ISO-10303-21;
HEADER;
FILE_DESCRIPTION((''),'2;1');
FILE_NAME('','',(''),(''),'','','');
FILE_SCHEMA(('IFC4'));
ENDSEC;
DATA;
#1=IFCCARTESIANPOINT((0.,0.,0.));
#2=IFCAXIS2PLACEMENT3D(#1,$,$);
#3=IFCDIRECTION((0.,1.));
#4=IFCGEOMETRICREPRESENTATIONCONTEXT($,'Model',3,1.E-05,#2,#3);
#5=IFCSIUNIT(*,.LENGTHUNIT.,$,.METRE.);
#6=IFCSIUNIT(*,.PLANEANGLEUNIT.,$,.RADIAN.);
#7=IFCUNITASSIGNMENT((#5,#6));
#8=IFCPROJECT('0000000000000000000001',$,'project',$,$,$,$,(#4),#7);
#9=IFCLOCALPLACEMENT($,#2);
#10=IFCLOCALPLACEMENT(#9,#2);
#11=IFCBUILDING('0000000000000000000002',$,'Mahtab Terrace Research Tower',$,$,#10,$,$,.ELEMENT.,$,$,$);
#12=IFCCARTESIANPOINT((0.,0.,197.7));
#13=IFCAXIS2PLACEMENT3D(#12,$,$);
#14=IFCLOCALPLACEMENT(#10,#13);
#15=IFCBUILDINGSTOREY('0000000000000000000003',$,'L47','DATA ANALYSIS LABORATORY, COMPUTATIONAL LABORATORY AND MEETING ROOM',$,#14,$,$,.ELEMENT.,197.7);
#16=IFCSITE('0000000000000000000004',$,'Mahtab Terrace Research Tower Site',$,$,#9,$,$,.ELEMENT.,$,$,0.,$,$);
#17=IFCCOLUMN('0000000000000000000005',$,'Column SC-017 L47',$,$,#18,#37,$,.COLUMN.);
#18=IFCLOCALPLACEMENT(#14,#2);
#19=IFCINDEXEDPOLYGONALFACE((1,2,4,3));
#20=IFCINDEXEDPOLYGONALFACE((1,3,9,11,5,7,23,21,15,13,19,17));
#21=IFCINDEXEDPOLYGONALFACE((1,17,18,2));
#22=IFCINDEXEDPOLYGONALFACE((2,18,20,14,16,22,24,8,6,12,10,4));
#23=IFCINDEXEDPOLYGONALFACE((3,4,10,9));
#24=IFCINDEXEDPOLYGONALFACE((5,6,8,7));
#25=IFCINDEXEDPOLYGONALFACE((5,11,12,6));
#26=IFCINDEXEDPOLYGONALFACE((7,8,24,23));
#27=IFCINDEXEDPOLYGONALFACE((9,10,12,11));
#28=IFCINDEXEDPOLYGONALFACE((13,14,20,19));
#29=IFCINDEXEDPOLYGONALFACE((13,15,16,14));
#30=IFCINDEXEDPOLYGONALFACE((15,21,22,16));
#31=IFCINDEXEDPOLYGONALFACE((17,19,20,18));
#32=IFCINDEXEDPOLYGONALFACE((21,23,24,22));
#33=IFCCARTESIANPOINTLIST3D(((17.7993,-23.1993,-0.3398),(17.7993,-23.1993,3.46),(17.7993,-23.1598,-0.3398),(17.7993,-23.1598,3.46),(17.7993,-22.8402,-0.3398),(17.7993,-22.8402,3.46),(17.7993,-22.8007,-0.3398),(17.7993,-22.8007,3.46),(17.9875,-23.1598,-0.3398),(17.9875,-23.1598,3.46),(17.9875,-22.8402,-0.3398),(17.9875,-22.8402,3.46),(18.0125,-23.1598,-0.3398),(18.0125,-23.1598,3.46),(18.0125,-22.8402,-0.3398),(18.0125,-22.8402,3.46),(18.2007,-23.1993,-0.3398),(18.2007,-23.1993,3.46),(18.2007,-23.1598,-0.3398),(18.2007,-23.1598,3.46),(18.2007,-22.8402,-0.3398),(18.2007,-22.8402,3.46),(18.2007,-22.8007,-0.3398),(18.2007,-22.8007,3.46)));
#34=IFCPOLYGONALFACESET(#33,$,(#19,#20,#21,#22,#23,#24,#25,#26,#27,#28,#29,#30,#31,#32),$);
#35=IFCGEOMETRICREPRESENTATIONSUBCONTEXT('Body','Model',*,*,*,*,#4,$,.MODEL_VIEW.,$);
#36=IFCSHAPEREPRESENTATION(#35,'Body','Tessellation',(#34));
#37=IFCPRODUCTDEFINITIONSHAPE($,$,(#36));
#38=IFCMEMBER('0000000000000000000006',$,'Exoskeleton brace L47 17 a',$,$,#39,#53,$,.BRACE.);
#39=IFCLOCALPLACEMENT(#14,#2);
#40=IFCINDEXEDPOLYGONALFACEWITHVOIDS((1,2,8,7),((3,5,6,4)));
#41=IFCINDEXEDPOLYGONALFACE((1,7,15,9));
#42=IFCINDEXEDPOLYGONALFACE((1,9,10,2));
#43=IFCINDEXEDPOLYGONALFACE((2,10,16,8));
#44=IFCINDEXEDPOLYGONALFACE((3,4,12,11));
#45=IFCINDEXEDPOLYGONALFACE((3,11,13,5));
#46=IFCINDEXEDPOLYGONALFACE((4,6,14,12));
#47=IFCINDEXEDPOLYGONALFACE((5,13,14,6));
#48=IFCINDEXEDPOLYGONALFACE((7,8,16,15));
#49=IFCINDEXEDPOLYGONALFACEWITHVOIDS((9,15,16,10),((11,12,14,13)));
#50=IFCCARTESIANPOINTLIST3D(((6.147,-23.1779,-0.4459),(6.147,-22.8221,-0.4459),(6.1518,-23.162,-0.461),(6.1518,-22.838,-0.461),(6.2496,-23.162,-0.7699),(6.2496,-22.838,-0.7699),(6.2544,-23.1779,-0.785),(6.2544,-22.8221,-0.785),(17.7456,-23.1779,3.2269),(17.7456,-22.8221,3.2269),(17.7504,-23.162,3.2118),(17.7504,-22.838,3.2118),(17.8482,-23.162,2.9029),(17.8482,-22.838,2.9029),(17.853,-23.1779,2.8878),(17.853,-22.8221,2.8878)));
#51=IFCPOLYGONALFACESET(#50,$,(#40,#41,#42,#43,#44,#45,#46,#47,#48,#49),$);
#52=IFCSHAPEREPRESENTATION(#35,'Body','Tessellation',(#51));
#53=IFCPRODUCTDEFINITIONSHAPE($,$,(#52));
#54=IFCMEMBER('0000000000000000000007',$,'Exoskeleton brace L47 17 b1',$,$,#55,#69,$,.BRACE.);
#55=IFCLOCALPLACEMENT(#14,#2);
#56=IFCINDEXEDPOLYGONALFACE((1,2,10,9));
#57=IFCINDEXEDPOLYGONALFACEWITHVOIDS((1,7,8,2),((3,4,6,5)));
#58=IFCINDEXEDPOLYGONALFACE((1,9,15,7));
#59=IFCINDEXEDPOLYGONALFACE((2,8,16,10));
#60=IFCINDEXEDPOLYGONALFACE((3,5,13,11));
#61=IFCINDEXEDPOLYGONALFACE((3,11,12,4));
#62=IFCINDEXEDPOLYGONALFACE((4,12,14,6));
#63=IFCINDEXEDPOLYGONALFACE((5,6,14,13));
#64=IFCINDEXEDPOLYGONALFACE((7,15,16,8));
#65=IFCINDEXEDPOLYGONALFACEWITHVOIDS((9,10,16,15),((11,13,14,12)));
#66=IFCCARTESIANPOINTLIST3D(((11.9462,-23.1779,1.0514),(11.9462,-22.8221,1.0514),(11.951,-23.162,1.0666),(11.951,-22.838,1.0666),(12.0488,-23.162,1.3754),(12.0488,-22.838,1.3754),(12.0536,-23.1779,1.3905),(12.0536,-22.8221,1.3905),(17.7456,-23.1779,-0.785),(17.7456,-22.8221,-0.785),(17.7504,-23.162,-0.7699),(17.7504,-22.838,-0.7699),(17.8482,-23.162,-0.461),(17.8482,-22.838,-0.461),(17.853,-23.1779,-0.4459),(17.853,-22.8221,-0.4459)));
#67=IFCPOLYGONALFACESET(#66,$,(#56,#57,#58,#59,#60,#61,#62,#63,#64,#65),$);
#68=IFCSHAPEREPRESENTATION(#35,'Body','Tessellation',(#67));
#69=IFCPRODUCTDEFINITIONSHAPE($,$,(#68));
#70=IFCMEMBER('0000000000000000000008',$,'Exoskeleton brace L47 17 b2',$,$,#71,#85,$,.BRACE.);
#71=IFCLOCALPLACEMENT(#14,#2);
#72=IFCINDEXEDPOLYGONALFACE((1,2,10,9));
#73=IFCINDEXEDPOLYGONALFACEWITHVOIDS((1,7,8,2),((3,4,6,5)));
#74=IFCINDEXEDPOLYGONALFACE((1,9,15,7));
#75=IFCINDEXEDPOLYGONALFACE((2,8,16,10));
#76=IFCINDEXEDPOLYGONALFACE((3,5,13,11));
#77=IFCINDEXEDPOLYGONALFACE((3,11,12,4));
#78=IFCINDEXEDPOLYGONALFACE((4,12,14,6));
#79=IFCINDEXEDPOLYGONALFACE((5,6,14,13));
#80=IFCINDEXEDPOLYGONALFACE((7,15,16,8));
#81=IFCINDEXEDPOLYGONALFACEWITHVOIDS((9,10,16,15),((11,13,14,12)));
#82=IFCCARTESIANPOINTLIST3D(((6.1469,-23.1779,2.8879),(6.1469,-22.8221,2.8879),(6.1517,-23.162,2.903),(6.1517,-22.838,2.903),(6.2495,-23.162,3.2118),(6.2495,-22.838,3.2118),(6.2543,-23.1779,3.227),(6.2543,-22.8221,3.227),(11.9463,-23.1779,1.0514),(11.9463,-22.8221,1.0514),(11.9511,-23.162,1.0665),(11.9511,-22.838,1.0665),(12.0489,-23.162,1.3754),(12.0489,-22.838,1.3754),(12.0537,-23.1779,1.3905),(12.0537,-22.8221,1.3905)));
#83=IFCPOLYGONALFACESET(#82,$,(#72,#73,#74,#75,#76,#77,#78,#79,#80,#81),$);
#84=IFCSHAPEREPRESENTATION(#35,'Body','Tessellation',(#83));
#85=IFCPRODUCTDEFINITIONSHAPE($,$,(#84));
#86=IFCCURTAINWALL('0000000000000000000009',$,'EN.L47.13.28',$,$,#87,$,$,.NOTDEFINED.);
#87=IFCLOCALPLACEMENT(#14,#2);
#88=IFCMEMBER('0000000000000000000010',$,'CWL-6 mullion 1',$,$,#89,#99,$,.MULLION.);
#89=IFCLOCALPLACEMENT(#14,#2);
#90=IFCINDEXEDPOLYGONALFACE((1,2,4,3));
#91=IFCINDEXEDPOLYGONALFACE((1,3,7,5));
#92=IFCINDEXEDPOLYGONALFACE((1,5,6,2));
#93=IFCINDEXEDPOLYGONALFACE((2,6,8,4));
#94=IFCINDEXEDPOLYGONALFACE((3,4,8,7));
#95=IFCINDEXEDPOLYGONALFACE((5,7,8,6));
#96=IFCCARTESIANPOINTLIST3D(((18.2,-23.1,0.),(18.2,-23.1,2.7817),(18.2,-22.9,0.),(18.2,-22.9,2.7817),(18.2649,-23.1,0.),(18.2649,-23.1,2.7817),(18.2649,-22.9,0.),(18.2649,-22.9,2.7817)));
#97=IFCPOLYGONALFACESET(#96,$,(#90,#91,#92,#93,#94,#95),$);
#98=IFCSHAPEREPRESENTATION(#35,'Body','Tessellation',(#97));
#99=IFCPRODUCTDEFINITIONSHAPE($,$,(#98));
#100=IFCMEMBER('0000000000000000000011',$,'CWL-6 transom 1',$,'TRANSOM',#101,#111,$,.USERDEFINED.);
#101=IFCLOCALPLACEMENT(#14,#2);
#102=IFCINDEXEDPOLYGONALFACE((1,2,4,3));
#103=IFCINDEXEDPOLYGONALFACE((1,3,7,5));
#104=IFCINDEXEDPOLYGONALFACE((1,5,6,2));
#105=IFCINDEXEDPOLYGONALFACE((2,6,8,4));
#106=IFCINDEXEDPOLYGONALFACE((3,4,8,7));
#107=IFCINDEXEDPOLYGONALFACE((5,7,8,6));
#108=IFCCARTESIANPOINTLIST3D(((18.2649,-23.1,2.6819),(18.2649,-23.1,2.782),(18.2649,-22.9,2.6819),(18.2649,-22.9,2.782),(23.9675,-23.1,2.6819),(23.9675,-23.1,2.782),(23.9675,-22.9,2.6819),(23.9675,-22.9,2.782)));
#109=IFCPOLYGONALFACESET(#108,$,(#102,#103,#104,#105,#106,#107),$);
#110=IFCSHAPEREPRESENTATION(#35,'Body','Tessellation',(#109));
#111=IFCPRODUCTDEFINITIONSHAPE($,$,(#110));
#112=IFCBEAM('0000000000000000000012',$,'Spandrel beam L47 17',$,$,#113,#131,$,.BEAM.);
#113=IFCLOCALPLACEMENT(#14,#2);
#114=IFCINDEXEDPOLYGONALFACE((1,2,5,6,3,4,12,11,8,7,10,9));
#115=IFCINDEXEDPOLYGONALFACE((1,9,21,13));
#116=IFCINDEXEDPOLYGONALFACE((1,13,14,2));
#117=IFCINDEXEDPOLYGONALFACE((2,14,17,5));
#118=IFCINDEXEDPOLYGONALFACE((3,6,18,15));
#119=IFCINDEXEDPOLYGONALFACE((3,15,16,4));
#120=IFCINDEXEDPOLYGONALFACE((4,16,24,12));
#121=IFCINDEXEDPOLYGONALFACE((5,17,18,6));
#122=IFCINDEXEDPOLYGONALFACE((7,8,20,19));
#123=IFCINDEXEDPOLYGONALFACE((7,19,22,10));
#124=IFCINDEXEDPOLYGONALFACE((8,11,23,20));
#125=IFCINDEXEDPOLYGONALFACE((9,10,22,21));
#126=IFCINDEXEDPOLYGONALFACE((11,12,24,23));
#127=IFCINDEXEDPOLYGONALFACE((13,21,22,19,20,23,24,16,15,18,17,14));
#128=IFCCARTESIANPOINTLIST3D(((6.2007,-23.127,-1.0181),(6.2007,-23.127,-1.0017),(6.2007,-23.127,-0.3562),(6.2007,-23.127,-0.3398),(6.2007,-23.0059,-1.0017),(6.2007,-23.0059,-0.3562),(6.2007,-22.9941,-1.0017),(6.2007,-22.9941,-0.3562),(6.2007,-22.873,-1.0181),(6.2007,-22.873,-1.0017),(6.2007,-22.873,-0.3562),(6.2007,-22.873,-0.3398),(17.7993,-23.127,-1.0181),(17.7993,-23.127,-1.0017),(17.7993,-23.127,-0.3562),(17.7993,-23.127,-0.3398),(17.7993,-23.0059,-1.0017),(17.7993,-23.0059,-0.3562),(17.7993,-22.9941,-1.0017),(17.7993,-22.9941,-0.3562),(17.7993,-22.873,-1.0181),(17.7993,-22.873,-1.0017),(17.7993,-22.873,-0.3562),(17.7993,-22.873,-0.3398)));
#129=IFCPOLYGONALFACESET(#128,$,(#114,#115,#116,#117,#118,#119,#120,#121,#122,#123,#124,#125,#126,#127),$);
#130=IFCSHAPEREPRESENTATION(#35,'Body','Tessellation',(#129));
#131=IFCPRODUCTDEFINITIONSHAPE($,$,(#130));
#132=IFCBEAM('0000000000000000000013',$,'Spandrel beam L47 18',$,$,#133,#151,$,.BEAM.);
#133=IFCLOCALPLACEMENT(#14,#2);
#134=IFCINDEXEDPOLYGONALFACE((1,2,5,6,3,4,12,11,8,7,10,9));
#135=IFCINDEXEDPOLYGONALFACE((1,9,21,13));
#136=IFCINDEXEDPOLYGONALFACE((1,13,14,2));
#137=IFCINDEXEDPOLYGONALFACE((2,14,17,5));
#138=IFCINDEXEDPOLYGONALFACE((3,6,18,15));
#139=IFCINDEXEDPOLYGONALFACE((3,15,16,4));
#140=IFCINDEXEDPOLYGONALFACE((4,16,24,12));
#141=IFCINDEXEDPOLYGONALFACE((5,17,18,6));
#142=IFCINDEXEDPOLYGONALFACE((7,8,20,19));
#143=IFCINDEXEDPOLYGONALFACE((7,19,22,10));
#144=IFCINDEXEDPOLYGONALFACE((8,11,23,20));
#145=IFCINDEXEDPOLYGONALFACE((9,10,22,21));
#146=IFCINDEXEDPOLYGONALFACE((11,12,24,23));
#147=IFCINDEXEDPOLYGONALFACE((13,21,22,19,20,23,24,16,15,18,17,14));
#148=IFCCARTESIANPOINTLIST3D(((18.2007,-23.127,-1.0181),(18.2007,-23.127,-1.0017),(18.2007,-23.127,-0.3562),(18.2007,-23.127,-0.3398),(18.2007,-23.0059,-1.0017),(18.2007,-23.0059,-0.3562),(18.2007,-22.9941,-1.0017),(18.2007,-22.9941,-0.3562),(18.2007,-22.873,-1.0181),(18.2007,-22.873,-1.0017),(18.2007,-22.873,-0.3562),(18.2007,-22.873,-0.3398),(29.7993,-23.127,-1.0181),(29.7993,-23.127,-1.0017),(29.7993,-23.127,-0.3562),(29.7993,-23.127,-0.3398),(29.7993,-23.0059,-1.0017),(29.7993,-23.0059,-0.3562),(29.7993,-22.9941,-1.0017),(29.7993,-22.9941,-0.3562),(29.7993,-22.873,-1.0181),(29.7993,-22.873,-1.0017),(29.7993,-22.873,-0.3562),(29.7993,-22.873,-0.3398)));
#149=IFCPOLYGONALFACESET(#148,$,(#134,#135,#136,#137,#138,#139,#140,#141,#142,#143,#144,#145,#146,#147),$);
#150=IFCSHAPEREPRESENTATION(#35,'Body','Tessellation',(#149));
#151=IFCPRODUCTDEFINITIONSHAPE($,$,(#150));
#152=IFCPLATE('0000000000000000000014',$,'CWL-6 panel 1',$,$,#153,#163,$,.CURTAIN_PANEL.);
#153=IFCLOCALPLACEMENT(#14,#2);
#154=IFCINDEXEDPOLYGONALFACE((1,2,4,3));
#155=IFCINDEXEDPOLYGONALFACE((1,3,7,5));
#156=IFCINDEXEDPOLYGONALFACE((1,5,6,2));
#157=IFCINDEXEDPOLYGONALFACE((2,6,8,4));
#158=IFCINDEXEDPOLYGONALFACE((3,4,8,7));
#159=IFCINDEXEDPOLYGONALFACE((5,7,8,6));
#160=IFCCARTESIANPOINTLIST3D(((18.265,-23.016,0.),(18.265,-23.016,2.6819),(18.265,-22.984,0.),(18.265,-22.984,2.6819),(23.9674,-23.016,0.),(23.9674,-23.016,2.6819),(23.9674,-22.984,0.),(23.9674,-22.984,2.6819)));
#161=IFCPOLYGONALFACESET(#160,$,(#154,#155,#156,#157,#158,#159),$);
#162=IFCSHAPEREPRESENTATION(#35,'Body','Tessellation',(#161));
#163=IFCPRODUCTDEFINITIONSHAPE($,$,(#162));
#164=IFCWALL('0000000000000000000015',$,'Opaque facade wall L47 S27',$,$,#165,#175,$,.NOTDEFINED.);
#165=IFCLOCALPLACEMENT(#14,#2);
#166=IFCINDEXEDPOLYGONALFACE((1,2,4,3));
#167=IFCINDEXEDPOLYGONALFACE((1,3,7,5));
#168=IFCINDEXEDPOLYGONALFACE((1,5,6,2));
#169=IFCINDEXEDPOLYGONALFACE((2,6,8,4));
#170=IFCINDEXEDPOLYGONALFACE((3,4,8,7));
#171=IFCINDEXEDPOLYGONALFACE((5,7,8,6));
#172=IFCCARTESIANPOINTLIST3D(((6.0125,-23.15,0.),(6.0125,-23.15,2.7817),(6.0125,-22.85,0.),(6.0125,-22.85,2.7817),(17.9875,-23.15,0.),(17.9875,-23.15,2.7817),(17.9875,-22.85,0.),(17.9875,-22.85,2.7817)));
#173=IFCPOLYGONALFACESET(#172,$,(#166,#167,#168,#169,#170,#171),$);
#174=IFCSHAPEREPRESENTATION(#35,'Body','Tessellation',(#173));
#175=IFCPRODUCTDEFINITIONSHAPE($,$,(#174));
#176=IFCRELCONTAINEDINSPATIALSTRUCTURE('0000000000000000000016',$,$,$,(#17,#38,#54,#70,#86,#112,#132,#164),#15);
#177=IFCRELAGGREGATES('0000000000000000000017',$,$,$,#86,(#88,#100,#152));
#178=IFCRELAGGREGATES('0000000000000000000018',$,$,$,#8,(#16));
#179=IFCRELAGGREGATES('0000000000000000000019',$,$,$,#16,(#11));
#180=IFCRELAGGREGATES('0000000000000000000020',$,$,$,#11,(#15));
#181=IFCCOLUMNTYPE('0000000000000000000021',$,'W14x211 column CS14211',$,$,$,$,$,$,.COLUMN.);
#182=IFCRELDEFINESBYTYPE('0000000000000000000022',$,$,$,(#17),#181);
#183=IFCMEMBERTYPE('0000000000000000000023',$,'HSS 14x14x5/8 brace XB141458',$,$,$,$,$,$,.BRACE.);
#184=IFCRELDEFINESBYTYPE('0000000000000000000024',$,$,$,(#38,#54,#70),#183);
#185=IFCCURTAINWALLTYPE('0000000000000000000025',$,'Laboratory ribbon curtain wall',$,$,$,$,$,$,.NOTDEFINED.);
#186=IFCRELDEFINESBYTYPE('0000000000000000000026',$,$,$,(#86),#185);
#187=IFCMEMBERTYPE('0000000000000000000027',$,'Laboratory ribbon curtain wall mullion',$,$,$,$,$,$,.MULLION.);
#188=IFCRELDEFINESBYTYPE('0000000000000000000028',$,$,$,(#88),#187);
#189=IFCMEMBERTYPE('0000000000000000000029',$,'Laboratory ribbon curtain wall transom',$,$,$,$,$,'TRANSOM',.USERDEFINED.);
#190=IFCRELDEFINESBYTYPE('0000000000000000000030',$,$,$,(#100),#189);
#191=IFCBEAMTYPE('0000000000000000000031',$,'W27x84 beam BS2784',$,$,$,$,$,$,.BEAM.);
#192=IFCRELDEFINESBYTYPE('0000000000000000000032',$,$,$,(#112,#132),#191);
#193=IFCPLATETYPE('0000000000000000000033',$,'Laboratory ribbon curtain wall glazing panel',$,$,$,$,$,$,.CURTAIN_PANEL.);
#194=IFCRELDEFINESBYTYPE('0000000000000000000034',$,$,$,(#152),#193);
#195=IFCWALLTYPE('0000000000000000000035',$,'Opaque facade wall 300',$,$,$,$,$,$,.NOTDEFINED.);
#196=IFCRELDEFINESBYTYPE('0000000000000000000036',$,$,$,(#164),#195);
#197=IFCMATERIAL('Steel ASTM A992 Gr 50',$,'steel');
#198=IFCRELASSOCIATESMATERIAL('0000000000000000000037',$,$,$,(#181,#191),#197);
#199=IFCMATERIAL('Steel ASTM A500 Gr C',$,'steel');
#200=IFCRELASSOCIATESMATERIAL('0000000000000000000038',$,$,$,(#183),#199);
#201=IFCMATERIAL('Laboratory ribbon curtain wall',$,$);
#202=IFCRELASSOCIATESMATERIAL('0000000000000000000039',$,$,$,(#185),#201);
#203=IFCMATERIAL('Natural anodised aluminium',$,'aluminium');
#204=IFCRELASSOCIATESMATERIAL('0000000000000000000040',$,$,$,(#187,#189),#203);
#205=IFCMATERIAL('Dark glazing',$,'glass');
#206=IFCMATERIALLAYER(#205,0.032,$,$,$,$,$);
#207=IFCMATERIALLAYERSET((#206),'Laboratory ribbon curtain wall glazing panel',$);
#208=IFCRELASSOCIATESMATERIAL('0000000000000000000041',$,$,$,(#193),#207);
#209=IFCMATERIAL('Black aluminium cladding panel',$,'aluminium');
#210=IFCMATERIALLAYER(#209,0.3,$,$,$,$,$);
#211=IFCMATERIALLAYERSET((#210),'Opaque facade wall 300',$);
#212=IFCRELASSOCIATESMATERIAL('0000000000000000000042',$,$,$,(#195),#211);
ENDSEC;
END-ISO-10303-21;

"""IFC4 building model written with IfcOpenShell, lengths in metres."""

from ifc_helpers import new_model, si_unit, direction, frame, frame_2d, origin, origin_2d, place, context, subcontext, project, spatial, rectangle, hollow_rectangle, i_section, extrude, material, layer, layer_set, material_profile, profile_set, type_object, element, aggregate, save


model = new_model("IFC4")

# Units and contexts
model_context = context("Model", 3, precision=1e-05, world=origin(), true_north=direction((0.0, 1.0)))
body_context = subcontext(model_context, "Body", "Model", "MODEL_VIEW")
ifc_project = project(units=[si_unit("LENGTHUNIT", "METRE"), si_unit("PLANEANGLEUNIT", "RADIAN")], contexts=[model_context])

# Site, building, storey
site_placement = place(None, origin())
site = spatial("IfcSite", under=ifc_project, at=site_placement, Name="Mahtab Terrace Research Tower Site", CompositionType="ELEMENT", RefElevation=0.0)
building_placement = place(site_placement, origin())
building = spatial("IfcBuilding", under=site, at=building_placement, Name="Mahtab Terrace Research Tower", CompositionType="ELEMENT")
storey_placement = place(building_placement, frame((0.0, 0.0, 197.7)))
storey = spatial("IfcBuildingStorey", under=building, at=storey_placement, Name="L47", Description="DATA ANALYSIS LABORATORY, COMPUTATIONAL LABORATORY AND MEETING ROOM", CompositionType="ELEMENT", Elevation=197.7)

# Column
ifc_material_1 = material(Name="Steel ASTM A992 Gr 50", Category="steel")
ifc_material_profile_1 = material_profile(ifc_material_1, i_section(OverallWidth=0.4014, OverallDepth=0.3987, WebThickness=0.0249, FlangeThickness=0.0396, at=origin_2d()), Name="W14X211")
ifc_profile_set_1 = profile_set([ifc_material_profile_1], Name="Steel ASTM A992 Gr 50")
column_type = type_object("IfcColumnType", Name="W14x211 column CS14211", PredefinedType="COLUMN", material=ifc_profile_set_1)
column_placement = place(storey_placement, frame((18.0, -23.0, -0.3398), z_axis=(0.0, 0.0, 1.0), x_axis=(1.0, 0.0, 0.0)))
element("IfcColumn", 1, at=column_placement, inside=storey, type_object=column_type, Name="Column SC-017 L47", PredefinedType="COLUMN", context=body_context, shape_type="SweptSolid", body=[
    extrude(i_section(OverallWidth=0.4014, OverallDepth=0.3987, WebThickness=0.0249, FlangeThickness=0.0396, at=origin_2d()), origin(), (0.0, 0.0, 1.0), 3.7998),
])

# Members
ifc_material_2 = material(Name="Steel ASTM A500 Gr C", Category="steel")
ifc_material_profile_2 = material_profile(ifc_material_2, hollow_rectangle(XDim=0.3557, YDim=0.3557, WallThickness=0.0159, at=origin_2d()), Name="HSS14X14X5/8")
ifc_profile_set_2 = profile_set([ifc_material_profile_2], Name="Steel ASTM A500 Gr C")
member_type_1 = type_object("IfcMemberType", Name="HSS 14x14x5/8 brace XB141458", PredefinedType="BRACE", material=ifc_profile_set_2)
member_1_placement = place(storey_placement, frame((6.2007, -23.0, -0.6155), z_axis=(0.953343, 0.0, 0.301888), x_axis=(0.0, 1.0, 0.0)))
element("IfcMember", 2, at=member_1_placement, inside=storey, type_object=member_type_1, Name="Exoskeleton brace L47 17 a", PredefinedType="BRACE", context=body_context, shape_type="SweptSolid", body=[
    extrude(hollow_rectangle(XDim=0.3557, YDim=0.3557, WallThickness=0.0159, at=origin_2d()), origin(), (0.0, 0.0, 1.0), 12.1663),
])
for number, where, z_axis, x_axis, name in (
    (3, (17.7993, -23.0, -0.6155), (-0.953343, 0.0, 0.301888), (0.0, -1.0, 0.0), "Exoskeleton brace L47 17 b1"),
    (4, (12.0, -23.0, 1.2209), (-0.953343, 0.0, 0.301888), (0.0, -1.0, 0.0), "Exoskeleton brace L47 17 b2"),
):
    element("IfcMember", number, at=place(storey_placement, frame(where, z_axis=z_axis, x_axis=x_axis)), inside=storey, type_object=member_type_1, Name=name, PredefinedType="BRACE", context=body_context, shape_type="SweptSolid", body=[
        extrude(hollow_rectangle(XDim=0.3557, YDim=0.3557, WallThickness=0.0159, at=origin_2d()), origin(), (0.0, 0.0, 1.0), 6.0833),
    ])

# Curtain wall, members
ifc_material_3 = material(Name="Laboratory ribbon curtain wall")
curtain_wall_type = type_object("IfcCurtainWallType", Name="Laboratory ribbon curtain wall", PredefinedType="NOTDEFINED", material=ifc_material_3)
curtain_wall_placement = place(storey_placement, origin())
curtain_wall = element("IfcCurtainWall", 5, at=curtain_wall_placement, inside=storey, type_object=curtain_wall_type, Name="EN.L47.13.28", PredefinedType="NOTDEFINED")
ifc_material_4 = material(Name="Natural anodised aluminium", Category="aluminium")
ifc_material_profile_3 = material_profile(ifc_material_4, rectangle(XDim=0.2, YDim=0.0649, at=origin_2d()), Name="MULLION 65x200")
ifc_profile_set_3 = profile_set([ifc_material_profile_3], Name="Natural anodised aluminium")
member_type_2 = type_object("IfcMemberType", Name="Laboratory ribbon curtain wall mullion", PredefinedType="MULLION", material=ifc_profile_set_3)
member_2_placement = place(storey_placement, frame((18.2324, -23.0, 0.0), z_axis=(0.0, 0.0, 1.0), x_axis=(0.0, 1.0, 0.0)))
member_2 = element("IfcMember", 6, at=member_2_placement, type_object=member_type_2, Name="CWL-6 mullion 1", PredefinedType="MULLION", context=body_context, shape_type="SweptSolid", body=[
    extrude(rectangle(XDim=0.2, YDim=0.0649, at=origin_2d()), origin(), (0.0, 0.0, 1.0), 2.7817),
])
ifc_material_profile_4 = material_profile(ifc_material_4, rectangle(XDim=0.2, YDim=0.1001, at=origin_2d()), Name="TRANSOM 100x200")
ifc_profile_set_4 = profile_set([ifc_material_profile_4], Name="Natural anodised aluminium")
member_type_3 = type_object("IfcMemberType", Name="Laboratory ribbon curtain wall transom", ElementType="TRANSOM", PredefinedType="USERDEFINED", material=ifc_profile_set_4)
member_3_placement = place(storey_placement, frame((18.2649, -23.0, 2.7319), z_axis=(1.0, 0.0, 0.0), x_axis=(0.0, 1.0, 0.0)))
member_3 = element("IfcMember", 7, at=member_3_placement, type_object=member_type_3, Name="CWL-6 transom 1", ObjectType="TRANSOM", PredefinedType="USERDEFINED", context=body_context, shape_type="SweptSolid", body=[
    extrude(rectangle(XDim=0.2, YDim=0.1001, at=origin_2d()), origin(), (0.0, 0.0, 1.0), 5.7026),
])

# Beams
ifc_material_profile_5 = material_profile(ifc_material_1, i_section(OverallWidth=0.2539, OverallDepth=0.6782, WebThickness=0.0117, FlangeThickness=0.0164, at=origin_2d()), Name="W27X84")
ifc_profile_set_5 = profile_set([ifc_material_profile_5], Name="Steel ASTM A992 Gr 50")
beam_type = type_object("IfcBeamType", Name="W27x84 beam BS2784", PredefinedType="BEAM", material=ifc_profile_set_5)
for number, where, z_axis, x_axis, name in (
    (8, (6.2007, -23.0, -0.679), (1.0, 0.0, 0.0), (0.0, 1.0, 0.0), "Spandrel beam L47 17"),
    (9, (18.2007, -23.0, -0.679), (1.0, 0.0, 0.0), (0.0, 1.0, 0.0), "Spandrel beam L47 18"),
):
    element("IfcBeam", number, at=place(storey_placement, frame(where, z_axis=z_axis, x_axis=x_axis)), inside=storey, type_object=beam_type, Name=name, PredefinedType="BEAM", context=body_context, shape_type="SweptSolid", body=[
        extrude(i_section(OverallWidth=0.2539, OverallDepth=0.6782, WebThickness=0.0117, FlangeThickness=0.0164, at=origin_2d()), origin(), (0.0, 0.0, 1.0), 11.5986),
    ])

# Plate
ifc_material_5 = material(Name="Dark glazing", Category="glass")
ifc_layer_1 = layer(ifc_material_5, 0.032)
ifc_layer_set_1 = layer_set([ifc_layer_1], Name="Laboratory ribbon curtain wall glazing panel")
plate_type = type_object("IfcPlateType", Name="Laboratory ribbon curtain wall glazing panel", PredefinedType="CURTAIN_PANEL", material=ifc_layer_set_1)
plate_placement = place(storey_placement, frame((21.1162, -23.0, 0.0), z_axis=(0.0, 0.0, 1.0), x_axis=(1.0, 0.0, 0.0)))
plate = element("IfcPlate", 10, at=plate_placement, type_object=plate_type, Name="CWL-6 panel 1", PredefinedType="CURTAIN_PANEL", context=body_context, shape_type="SweptSolid", body=[
    extrude(rectangle(XDim=5.7024, YDim=0.032, at=origin_2d()), origin(), (0.0, 0.0, 1.0), 2.6819),
])
aggregate(curtain_wall, [member_2, member_3, plate])

# Wall
ifc_material_6 = material(Name="Black aluminium cladding panel", Category="aluminium")
ifc_layer_2 = layer(ifc_material_6, 0.3)
ifc_layer_set_2 = layer_set([ifc_layer_2], Name="Opaque facade wall 300")
wall_type = type_object("IfcWallType", Name="Opaque facade wall 300", PredefinedType="NOTDEFINED", material=ifc_layer_set_2)
wall_placement = place(storey_placement, frame((6.0125, -23.0, 0.0), z_axis=(0.0, 0.0, 1.0), x_axis=(1.0, 0.0, 0.0)))
element("IfcWall", 11, at=wall_placement, inside=storey, type_object=wall_type, Name="Opaque facade wall L47 S27", PredefinedType="NOTDEFINED", context=body_context, shape_type="SweptSolid", body=[
    extrude(rectangle(XDim=11.9751, YDim=0.3, at=frame_2d((5.9875, 0.0))), origin(), (0.0, 0.0, 1.0), 2.7817),
])

save(model, "model.ifc")
